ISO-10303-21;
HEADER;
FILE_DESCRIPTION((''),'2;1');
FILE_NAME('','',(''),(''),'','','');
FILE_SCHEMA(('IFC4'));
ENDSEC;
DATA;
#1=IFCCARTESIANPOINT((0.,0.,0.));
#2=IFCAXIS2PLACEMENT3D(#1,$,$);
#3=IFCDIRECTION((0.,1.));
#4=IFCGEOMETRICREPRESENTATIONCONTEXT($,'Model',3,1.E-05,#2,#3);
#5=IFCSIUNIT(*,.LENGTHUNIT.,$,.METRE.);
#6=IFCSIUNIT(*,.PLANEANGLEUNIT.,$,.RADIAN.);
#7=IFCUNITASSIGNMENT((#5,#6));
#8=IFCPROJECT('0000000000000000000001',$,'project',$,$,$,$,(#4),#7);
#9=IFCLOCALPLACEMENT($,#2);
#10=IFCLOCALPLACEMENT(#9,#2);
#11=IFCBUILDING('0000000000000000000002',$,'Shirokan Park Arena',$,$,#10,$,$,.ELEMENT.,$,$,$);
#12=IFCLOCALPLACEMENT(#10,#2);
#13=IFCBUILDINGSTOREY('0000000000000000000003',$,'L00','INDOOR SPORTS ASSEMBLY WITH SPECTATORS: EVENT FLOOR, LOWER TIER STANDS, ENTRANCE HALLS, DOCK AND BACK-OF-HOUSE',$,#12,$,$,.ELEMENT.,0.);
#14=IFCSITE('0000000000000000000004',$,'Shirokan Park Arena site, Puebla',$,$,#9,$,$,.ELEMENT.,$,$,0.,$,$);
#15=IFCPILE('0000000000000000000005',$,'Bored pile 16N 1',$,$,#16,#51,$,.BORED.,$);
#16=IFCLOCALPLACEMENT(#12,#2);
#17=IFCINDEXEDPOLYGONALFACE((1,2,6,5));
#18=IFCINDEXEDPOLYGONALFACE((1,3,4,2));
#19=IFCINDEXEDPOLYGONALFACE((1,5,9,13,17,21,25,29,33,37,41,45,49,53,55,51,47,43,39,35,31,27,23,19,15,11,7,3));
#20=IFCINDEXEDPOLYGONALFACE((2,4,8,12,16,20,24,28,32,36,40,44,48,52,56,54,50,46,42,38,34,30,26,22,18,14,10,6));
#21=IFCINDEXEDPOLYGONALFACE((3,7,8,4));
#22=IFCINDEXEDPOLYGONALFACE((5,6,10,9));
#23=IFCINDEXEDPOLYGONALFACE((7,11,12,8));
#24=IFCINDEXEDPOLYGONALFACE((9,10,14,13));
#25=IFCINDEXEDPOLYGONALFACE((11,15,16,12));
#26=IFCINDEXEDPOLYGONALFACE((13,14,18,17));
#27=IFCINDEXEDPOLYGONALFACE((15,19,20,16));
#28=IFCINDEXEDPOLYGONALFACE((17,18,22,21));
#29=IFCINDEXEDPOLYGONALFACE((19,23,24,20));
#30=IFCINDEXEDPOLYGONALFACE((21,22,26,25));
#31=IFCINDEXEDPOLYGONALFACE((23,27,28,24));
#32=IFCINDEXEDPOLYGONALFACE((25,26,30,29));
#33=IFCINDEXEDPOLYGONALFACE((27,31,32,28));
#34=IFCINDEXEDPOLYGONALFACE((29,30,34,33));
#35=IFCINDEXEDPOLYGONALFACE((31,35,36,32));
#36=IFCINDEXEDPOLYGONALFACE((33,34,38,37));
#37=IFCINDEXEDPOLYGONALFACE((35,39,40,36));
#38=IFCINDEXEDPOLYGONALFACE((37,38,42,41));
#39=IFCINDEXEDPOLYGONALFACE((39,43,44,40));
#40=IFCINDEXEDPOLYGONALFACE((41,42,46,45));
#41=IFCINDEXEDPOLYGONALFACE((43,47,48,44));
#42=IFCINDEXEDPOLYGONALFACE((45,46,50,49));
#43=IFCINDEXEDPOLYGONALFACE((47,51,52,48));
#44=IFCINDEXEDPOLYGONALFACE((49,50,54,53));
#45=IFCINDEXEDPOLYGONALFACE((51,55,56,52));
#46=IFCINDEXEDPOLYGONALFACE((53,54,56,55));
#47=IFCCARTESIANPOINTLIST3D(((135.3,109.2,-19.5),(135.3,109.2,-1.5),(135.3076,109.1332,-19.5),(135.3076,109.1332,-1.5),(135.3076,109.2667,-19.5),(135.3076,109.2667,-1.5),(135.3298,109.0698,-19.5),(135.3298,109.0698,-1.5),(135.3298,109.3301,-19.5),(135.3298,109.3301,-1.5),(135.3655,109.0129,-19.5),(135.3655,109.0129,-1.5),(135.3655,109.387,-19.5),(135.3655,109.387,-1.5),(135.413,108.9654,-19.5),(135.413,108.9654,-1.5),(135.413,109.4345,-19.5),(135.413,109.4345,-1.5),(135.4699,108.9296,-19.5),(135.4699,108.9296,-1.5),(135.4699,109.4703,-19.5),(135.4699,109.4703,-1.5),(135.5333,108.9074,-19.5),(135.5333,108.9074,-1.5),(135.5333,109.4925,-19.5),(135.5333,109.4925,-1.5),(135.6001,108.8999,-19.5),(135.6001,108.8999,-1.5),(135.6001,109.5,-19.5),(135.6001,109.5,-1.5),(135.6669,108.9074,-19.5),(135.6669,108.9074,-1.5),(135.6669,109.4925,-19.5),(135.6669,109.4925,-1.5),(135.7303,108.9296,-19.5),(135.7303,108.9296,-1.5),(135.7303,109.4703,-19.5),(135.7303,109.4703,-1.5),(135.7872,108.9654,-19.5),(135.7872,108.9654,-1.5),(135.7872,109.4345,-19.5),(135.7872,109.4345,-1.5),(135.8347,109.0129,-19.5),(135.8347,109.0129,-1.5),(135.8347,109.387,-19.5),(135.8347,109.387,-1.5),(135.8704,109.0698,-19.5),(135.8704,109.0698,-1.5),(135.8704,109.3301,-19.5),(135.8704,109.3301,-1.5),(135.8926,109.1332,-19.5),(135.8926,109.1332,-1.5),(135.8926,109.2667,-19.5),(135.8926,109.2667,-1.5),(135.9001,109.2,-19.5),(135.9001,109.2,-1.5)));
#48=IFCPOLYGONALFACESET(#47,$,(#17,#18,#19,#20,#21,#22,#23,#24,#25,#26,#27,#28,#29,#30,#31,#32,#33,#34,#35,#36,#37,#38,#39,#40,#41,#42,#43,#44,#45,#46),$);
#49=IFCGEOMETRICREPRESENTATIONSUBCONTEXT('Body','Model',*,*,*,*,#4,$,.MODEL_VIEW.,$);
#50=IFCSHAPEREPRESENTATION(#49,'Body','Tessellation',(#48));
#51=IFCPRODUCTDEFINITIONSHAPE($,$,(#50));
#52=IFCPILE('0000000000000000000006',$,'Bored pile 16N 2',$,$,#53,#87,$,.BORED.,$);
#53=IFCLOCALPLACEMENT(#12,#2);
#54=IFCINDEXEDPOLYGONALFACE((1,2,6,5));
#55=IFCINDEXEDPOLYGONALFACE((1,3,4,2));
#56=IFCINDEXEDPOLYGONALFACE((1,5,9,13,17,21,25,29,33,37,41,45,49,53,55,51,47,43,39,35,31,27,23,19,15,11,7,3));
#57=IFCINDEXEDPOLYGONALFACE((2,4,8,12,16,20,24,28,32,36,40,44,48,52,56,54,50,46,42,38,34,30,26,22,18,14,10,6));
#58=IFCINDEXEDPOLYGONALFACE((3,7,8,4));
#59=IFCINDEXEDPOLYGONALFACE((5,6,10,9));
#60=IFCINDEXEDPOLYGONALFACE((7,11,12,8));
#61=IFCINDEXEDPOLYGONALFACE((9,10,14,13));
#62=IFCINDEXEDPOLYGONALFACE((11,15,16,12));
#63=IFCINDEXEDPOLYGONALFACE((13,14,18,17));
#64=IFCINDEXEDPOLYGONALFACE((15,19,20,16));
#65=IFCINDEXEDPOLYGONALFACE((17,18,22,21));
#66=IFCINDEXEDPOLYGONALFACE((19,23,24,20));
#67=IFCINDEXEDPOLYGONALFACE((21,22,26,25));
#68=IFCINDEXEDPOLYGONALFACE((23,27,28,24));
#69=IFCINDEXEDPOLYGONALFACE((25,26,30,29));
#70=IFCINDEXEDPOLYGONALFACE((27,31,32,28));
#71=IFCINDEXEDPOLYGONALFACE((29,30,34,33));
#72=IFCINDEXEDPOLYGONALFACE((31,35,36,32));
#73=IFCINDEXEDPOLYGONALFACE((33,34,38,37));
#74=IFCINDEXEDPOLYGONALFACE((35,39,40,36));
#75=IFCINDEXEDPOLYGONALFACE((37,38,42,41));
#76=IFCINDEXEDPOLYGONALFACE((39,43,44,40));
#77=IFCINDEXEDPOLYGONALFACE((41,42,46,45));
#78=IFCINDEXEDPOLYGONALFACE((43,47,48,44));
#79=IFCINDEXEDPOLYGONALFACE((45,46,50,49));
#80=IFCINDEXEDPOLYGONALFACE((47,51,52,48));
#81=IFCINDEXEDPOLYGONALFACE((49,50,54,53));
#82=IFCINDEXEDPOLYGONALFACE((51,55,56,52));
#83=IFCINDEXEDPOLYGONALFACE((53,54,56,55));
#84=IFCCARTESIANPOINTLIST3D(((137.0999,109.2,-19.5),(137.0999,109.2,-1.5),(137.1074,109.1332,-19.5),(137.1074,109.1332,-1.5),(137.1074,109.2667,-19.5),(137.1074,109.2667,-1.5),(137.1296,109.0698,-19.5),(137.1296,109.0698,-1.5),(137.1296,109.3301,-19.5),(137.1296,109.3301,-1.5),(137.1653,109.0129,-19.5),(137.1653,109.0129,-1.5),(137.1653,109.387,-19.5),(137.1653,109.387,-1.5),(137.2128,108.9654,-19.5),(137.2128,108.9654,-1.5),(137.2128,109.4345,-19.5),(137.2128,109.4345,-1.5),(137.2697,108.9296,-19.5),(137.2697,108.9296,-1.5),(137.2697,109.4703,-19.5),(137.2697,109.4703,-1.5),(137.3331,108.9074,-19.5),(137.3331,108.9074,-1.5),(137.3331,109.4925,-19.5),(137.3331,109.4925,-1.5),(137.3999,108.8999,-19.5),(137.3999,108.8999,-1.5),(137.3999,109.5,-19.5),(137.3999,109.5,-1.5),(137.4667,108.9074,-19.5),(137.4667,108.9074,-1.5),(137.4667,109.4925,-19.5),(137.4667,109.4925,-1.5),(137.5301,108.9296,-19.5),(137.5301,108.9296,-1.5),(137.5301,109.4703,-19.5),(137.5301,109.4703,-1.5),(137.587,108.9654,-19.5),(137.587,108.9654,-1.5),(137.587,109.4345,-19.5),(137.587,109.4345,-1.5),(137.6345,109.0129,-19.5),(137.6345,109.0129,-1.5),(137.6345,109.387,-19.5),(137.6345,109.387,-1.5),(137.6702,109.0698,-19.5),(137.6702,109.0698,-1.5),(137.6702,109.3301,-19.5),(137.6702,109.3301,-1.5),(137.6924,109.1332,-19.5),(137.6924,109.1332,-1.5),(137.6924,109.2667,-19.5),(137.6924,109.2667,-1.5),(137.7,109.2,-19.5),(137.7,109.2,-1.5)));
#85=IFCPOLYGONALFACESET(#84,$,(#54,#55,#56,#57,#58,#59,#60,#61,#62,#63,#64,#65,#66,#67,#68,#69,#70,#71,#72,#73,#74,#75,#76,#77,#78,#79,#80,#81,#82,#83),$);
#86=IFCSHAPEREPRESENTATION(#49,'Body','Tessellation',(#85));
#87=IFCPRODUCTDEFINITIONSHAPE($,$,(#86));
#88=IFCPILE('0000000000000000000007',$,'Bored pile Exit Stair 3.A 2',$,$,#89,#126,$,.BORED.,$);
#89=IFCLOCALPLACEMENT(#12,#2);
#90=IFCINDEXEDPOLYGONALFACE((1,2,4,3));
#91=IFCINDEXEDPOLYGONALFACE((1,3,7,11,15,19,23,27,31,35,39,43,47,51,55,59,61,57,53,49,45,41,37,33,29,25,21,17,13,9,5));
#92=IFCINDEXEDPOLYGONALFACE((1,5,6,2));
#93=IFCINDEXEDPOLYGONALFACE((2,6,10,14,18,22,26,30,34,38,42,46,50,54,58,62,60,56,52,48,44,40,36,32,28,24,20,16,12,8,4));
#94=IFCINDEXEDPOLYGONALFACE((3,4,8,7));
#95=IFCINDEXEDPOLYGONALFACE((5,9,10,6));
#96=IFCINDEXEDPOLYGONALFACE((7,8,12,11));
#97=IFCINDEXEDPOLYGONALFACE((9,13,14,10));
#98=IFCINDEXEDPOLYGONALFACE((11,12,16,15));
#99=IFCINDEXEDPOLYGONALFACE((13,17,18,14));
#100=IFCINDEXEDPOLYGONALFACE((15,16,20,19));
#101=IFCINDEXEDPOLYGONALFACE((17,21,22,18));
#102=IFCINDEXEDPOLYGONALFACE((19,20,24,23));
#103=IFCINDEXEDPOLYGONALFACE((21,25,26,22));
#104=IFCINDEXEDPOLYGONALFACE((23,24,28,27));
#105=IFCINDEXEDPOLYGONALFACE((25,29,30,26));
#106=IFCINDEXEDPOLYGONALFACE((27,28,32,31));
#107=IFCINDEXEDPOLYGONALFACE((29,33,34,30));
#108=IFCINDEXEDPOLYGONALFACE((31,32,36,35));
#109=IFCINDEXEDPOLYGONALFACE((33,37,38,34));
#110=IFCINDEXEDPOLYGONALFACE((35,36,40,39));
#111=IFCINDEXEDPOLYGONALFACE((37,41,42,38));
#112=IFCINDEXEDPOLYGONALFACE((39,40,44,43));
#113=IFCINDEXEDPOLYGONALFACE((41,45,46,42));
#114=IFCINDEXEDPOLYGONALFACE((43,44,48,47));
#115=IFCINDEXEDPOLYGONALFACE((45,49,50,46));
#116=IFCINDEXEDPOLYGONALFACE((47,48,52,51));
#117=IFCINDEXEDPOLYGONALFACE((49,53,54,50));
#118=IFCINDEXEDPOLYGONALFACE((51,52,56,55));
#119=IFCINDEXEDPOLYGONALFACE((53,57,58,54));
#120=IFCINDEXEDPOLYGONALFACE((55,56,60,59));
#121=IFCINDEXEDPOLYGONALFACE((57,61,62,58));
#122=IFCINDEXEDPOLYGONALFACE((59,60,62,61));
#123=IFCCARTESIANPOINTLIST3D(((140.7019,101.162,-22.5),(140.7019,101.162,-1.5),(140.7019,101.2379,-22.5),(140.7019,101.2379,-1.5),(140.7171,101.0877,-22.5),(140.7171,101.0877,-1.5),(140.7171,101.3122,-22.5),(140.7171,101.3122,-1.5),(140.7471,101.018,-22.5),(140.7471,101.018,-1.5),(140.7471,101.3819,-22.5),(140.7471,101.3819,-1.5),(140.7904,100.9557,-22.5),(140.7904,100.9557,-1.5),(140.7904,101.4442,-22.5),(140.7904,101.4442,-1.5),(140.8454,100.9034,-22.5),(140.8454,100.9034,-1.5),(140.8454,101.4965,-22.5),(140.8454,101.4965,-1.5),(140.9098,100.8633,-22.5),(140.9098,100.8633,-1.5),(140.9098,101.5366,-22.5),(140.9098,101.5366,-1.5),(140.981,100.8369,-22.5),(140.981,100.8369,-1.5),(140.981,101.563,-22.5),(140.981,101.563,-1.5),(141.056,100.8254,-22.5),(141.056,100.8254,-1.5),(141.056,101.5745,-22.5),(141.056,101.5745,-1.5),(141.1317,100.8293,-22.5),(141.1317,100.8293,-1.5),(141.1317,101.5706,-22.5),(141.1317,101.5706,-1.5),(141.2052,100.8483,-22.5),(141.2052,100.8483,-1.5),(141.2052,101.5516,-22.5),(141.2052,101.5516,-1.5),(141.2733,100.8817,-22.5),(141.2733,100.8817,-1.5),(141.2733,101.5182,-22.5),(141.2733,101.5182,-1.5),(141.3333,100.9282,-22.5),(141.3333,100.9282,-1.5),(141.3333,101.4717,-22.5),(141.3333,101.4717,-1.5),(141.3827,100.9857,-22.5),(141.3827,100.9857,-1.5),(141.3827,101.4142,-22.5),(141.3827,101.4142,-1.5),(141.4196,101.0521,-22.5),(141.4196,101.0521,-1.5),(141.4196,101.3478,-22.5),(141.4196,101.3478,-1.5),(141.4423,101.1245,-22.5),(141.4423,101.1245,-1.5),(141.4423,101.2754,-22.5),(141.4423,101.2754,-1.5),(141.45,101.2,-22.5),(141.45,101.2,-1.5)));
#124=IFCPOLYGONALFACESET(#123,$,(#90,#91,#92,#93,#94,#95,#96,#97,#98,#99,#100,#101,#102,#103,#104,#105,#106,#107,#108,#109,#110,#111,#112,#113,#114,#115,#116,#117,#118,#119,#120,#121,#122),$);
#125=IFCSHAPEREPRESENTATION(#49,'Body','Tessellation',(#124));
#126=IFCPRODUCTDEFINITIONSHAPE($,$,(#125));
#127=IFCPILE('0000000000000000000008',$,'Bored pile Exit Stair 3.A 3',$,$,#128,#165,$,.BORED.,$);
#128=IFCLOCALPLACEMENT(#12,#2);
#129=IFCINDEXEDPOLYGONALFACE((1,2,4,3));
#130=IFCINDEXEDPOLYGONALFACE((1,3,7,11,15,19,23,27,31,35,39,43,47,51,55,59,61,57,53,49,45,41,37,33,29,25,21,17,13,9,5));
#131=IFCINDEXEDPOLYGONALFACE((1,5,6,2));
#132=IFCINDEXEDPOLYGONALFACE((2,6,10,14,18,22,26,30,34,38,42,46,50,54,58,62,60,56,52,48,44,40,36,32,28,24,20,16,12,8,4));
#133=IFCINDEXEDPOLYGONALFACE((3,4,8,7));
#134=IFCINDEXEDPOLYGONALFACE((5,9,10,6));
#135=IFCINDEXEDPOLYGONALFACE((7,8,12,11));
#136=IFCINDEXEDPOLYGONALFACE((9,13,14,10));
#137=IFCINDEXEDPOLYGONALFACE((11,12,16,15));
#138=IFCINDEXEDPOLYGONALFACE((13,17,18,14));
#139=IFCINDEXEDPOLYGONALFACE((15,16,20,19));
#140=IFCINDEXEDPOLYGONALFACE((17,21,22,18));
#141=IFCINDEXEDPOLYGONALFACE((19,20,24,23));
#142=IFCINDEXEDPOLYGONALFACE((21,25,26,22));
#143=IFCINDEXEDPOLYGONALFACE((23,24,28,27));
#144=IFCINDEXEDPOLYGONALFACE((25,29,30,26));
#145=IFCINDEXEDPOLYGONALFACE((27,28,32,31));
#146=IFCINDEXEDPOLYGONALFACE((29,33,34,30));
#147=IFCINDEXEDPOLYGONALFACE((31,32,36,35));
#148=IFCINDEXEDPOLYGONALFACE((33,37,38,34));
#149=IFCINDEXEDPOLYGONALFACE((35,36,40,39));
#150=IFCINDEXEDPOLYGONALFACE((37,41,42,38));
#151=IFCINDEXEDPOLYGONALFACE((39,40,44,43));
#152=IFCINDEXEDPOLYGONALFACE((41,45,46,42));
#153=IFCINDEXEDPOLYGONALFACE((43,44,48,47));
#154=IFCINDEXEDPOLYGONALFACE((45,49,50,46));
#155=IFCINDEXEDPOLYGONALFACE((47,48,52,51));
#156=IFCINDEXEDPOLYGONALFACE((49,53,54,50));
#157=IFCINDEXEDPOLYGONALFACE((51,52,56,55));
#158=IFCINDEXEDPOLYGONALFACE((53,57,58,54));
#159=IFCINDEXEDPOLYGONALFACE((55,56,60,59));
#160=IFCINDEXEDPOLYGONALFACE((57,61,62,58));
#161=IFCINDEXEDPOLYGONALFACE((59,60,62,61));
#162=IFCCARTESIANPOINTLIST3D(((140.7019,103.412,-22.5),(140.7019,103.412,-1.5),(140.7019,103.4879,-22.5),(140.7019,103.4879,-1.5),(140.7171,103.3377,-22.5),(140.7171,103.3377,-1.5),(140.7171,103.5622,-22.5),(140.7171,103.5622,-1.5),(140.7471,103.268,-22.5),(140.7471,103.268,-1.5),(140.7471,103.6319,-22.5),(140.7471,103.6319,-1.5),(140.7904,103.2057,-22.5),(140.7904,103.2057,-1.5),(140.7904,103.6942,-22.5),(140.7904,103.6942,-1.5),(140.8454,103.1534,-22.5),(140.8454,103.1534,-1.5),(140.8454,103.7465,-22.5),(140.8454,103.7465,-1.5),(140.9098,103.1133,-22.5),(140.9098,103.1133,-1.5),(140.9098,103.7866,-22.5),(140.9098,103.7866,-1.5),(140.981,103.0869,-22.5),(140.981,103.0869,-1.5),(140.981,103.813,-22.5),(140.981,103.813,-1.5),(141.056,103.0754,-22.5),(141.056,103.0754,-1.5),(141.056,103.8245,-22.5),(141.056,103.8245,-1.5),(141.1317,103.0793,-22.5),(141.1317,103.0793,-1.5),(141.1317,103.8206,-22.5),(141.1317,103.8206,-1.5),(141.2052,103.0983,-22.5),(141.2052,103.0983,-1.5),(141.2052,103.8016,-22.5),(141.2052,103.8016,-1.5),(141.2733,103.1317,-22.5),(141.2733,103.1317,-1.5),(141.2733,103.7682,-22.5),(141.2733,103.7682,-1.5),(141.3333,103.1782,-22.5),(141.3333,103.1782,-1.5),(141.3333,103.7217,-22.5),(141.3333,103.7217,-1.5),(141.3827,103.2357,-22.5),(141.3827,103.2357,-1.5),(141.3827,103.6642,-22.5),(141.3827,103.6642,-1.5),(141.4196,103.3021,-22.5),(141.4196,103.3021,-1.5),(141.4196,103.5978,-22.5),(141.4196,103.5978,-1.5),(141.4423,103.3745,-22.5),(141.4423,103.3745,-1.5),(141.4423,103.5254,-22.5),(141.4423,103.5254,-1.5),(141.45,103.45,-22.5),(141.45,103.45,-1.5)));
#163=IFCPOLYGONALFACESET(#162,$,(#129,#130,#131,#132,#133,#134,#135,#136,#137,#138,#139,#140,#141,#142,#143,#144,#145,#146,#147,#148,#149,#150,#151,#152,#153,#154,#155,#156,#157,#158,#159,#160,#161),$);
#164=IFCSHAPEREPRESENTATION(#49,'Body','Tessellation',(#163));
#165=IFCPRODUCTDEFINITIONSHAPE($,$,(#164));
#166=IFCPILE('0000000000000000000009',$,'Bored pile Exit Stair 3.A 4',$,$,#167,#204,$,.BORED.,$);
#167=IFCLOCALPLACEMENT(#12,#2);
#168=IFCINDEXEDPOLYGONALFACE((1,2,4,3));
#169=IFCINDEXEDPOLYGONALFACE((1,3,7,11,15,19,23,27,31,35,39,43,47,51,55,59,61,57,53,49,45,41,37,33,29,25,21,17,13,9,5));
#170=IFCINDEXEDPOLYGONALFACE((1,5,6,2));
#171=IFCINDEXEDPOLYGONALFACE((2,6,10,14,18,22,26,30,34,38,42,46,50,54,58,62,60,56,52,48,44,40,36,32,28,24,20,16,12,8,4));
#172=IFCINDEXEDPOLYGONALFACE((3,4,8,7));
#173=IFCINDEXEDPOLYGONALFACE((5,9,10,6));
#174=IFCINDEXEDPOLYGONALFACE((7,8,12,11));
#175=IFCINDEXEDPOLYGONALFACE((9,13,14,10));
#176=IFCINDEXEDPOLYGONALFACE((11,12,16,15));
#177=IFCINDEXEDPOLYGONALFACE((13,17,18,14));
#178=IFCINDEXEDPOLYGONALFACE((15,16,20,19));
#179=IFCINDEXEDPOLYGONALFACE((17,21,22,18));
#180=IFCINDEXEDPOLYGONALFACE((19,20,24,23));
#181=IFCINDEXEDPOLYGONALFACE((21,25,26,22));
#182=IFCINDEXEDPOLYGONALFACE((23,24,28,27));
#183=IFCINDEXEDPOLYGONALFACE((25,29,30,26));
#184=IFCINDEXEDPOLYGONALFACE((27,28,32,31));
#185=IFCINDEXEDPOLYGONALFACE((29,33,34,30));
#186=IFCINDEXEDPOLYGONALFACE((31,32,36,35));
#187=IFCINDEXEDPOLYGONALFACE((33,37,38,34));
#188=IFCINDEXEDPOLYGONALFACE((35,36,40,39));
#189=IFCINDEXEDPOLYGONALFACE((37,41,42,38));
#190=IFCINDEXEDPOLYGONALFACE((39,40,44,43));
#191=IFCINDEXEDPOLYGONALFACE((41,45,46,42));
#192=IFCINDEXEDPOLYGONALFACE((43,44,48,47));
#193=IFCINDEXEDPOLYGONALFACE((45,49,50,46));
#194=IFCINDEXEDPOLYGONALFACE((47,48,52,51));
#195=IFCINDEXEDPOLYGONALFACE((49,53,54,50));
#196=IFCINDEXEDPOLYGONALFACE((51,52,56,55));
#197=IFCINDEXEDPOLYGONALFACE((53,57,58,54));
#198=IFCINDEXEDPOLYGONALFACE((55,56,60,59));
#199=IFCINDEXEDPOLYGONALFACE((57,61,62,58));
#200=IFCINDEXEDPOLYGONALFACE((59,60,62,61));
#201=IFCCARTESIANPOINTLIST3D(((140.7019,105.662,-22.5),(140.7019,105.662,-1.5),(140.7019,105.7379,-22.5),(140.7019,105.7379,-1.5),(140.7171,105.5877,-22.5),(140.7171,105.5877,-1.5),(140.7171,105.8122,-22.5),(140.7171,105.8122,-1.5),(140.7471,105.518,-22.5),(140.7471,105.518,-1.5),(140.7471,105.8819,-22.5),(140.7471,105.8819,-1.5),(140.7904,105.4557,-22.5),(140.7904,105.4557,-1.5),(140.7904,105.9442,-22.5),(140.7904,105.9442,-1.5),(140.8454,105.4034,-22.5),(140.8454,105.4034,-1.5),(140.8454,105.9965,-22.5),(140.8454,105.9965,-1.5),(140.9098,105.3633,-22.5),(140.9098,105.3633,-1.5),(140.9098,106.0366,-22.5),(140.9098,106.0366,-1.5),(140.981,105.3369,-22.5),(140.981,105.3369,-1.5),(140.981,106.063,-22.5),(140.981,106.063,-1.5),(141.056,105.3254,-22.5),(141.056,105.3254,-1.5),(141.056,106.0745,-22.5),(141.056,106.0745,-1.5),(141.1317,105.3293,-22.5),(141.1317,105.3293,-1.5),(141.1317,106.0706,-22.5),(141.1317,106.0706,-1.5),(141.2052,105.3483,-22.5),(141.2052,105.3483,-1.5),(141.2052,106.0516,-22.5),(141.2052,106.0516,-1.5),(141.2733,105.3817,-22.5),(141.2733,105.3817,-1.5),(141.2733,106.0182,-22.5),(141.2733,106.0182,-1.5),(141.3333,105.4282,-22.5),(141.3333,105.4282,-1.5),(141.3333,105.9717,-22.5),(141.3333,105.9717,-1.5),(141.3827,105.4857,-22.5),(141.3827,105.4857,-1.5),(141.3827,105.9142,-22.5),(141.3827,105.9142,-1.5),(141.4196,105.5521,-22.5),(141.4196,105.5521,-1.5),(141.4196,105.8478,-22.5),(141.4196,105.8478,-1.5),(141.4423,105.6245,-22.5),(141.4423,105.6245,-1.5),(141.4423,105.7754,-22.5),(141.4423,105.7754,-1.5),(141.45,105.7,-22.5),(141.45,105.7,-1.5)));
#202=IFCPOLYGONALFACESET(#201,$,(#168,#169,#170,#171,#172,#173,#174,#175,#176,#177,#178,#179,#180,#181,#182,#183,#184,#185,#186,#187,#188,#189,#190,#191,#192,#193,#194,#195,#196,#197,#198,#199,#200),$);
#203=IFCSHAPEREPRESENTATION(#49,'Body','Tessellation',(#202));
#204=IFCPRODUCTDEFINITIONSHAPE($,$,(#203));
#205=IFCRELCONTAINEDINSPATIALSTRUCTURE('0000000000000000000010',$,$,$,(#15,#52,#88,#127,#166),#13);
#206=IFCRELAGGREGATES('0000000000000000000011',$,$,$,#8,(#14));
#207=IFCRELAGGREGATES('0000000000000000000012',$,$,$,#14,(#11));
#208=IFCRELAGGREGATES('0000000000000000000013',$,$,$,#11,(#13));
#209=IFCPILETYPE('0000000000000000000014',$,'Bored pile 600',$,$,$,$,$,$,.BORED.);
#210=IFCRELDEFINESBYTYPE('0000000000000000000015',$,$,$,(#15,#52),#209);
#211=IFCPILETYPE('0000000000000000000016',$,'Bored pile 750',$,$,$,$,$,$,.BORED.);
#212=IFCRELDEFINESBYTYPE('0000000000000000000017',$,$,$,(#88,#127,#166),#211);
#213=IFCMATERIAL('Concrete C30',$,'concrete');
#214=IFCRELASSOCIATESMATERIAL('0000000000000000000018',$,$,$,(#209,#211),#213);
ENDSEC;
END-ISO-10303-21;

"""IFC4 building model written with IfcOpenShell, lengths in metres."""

from ifc_helpers import new_model, si_unit, direction, frame, origin, origin_2d, place, context, subcontext, project, spatial, circle, extrude, material, material_profile, profile_set, type_object, element, save


model = new_model("IFC4")

# Units and contexts
model_context = context("Model", 3, precision=1e-05, world=origin(), true_north=direction((0.0, 1.0)))
body_context = subcontext(model_context, "Body", "Model", "MODEL_VIEW")
ifc_project = project(units=[si_unit("LENGTHUNIT", "METRE"), si_unit("PLANEANGLEUNIT", "RADIAN")], contexts=[model_context])

# Site, building, storey
site_placement = place(None, origin())
site = spatial("IfcSite", under=ifc_project, at=site_placement, Name="Shirokan Park Arena site, Puebla", CompositionType="ELEMENT", RefElevation=0.0)
building_placement = place(site_placement, origin())
building = spatial("IfcBuilding", under=site, at=building_placement, Name="Shirokan Park Arena", CompositionType="ELEMENT")
storey_placement = place(building_placement, origin())
storey = spatial("IfcBuildingStorey", under=building, at=storey_placement, Name="L00", Description="INDOOR SPORTS ASSEMBLY WITH SPECTATORS: EVENT FLOOR, LOWER TIER STANDS, ENTRANCE HALLS, DOCK AND BACK-OF-HOUSE", CompositionType="ELEMENT", Elevation=0.0)

# Piles
ifc_material_1 = material(Name="Concrete C30", Category="concrete")
ifc_material_profile_1 = material_profile(ifc_material_1, circle(Radius=0.3, at=origin_2d()), Name="D600")
ifc_profile_set_1 = profile_set([ifc_material_profile_1], Name="Concrete C30")
pile_type_1 = type_object("IfcPileType", Name="Bored pile 600", PredefinedType="BORED", material=ifc_profile_set_1)
for number, where, z_axis, x_axis, name in (
    (1, (135.6001, 109.2, -1.5), (0.0, 0.0, -1.0), (1.0, 0.0, 0.0), "Bored pile 16N 1"),
    (2, (137.3999, 109.2, -1.5), (0.0, 0.0, -1.0), (1.0, 0.0, 0.0), "Bored pile 16N 2"),
):
    element("IfcPile", number, at=place(storey_placement, frame(where, z_axis=z_axis, x_axis=x_axis)), inside=storey, type_object=pile_type_1, Name=name, PredefinedType="BORED", context=body_context, shape_type="SweptSolid", body=[
        extrude(circle(Radius=0.3, at=origin_2d()), origin(), (0.0, 0.0, 1.0), 18.0),
    ])
ifc_material_profile_2 = material_profile(ifc_material_1, circle(Radius=0.375, at=origin_2d()), Name="D750")
ifc_profile_set_2 = profile_set([ifc_material_profile_2], Name="Concrete C30")
pile_type_2 = type_object("IfcPileType", Name="Bored pile 750", PredefinedType="BORED", material=ifc_profile_set_2)
for number, where, z_axis, x_axis, name in (
    (3, (141.075, 101.2, -1.5), (0.0, 0.0, -1.0), (1.0, 0.0, 0.0), "Bored pile Exit Stair 3.A 2"),
    (4, (141.075, 103.45, -1.5), (0.0, 0.0, -1.0), (1.0, 0.0, 0.0), "Bored pile Exit Stair 3.A 3"),
    (5, (141.075, 105.7, -1.5), (0.0, 0.0, -1.0), (1.0, 0.0, 0.0), "Bored pile Exit Stair 3.A 4"),
):
    element("IfcPile", number, at=place(storey_placement, frame(where, z_axis=z_axis, x_axis=x_axis)), inside=storey, type_object=pile_type_2, Name=name, PredefinedType="BORED", context=body_context, shape_type="SweptSolid", body=[
        extrude(circle(Radius=0.375, at=origin_2d()), origin(), (0.0, 0.0, 1.0), 21.0),
    ])

save(model, "model.ifc")
